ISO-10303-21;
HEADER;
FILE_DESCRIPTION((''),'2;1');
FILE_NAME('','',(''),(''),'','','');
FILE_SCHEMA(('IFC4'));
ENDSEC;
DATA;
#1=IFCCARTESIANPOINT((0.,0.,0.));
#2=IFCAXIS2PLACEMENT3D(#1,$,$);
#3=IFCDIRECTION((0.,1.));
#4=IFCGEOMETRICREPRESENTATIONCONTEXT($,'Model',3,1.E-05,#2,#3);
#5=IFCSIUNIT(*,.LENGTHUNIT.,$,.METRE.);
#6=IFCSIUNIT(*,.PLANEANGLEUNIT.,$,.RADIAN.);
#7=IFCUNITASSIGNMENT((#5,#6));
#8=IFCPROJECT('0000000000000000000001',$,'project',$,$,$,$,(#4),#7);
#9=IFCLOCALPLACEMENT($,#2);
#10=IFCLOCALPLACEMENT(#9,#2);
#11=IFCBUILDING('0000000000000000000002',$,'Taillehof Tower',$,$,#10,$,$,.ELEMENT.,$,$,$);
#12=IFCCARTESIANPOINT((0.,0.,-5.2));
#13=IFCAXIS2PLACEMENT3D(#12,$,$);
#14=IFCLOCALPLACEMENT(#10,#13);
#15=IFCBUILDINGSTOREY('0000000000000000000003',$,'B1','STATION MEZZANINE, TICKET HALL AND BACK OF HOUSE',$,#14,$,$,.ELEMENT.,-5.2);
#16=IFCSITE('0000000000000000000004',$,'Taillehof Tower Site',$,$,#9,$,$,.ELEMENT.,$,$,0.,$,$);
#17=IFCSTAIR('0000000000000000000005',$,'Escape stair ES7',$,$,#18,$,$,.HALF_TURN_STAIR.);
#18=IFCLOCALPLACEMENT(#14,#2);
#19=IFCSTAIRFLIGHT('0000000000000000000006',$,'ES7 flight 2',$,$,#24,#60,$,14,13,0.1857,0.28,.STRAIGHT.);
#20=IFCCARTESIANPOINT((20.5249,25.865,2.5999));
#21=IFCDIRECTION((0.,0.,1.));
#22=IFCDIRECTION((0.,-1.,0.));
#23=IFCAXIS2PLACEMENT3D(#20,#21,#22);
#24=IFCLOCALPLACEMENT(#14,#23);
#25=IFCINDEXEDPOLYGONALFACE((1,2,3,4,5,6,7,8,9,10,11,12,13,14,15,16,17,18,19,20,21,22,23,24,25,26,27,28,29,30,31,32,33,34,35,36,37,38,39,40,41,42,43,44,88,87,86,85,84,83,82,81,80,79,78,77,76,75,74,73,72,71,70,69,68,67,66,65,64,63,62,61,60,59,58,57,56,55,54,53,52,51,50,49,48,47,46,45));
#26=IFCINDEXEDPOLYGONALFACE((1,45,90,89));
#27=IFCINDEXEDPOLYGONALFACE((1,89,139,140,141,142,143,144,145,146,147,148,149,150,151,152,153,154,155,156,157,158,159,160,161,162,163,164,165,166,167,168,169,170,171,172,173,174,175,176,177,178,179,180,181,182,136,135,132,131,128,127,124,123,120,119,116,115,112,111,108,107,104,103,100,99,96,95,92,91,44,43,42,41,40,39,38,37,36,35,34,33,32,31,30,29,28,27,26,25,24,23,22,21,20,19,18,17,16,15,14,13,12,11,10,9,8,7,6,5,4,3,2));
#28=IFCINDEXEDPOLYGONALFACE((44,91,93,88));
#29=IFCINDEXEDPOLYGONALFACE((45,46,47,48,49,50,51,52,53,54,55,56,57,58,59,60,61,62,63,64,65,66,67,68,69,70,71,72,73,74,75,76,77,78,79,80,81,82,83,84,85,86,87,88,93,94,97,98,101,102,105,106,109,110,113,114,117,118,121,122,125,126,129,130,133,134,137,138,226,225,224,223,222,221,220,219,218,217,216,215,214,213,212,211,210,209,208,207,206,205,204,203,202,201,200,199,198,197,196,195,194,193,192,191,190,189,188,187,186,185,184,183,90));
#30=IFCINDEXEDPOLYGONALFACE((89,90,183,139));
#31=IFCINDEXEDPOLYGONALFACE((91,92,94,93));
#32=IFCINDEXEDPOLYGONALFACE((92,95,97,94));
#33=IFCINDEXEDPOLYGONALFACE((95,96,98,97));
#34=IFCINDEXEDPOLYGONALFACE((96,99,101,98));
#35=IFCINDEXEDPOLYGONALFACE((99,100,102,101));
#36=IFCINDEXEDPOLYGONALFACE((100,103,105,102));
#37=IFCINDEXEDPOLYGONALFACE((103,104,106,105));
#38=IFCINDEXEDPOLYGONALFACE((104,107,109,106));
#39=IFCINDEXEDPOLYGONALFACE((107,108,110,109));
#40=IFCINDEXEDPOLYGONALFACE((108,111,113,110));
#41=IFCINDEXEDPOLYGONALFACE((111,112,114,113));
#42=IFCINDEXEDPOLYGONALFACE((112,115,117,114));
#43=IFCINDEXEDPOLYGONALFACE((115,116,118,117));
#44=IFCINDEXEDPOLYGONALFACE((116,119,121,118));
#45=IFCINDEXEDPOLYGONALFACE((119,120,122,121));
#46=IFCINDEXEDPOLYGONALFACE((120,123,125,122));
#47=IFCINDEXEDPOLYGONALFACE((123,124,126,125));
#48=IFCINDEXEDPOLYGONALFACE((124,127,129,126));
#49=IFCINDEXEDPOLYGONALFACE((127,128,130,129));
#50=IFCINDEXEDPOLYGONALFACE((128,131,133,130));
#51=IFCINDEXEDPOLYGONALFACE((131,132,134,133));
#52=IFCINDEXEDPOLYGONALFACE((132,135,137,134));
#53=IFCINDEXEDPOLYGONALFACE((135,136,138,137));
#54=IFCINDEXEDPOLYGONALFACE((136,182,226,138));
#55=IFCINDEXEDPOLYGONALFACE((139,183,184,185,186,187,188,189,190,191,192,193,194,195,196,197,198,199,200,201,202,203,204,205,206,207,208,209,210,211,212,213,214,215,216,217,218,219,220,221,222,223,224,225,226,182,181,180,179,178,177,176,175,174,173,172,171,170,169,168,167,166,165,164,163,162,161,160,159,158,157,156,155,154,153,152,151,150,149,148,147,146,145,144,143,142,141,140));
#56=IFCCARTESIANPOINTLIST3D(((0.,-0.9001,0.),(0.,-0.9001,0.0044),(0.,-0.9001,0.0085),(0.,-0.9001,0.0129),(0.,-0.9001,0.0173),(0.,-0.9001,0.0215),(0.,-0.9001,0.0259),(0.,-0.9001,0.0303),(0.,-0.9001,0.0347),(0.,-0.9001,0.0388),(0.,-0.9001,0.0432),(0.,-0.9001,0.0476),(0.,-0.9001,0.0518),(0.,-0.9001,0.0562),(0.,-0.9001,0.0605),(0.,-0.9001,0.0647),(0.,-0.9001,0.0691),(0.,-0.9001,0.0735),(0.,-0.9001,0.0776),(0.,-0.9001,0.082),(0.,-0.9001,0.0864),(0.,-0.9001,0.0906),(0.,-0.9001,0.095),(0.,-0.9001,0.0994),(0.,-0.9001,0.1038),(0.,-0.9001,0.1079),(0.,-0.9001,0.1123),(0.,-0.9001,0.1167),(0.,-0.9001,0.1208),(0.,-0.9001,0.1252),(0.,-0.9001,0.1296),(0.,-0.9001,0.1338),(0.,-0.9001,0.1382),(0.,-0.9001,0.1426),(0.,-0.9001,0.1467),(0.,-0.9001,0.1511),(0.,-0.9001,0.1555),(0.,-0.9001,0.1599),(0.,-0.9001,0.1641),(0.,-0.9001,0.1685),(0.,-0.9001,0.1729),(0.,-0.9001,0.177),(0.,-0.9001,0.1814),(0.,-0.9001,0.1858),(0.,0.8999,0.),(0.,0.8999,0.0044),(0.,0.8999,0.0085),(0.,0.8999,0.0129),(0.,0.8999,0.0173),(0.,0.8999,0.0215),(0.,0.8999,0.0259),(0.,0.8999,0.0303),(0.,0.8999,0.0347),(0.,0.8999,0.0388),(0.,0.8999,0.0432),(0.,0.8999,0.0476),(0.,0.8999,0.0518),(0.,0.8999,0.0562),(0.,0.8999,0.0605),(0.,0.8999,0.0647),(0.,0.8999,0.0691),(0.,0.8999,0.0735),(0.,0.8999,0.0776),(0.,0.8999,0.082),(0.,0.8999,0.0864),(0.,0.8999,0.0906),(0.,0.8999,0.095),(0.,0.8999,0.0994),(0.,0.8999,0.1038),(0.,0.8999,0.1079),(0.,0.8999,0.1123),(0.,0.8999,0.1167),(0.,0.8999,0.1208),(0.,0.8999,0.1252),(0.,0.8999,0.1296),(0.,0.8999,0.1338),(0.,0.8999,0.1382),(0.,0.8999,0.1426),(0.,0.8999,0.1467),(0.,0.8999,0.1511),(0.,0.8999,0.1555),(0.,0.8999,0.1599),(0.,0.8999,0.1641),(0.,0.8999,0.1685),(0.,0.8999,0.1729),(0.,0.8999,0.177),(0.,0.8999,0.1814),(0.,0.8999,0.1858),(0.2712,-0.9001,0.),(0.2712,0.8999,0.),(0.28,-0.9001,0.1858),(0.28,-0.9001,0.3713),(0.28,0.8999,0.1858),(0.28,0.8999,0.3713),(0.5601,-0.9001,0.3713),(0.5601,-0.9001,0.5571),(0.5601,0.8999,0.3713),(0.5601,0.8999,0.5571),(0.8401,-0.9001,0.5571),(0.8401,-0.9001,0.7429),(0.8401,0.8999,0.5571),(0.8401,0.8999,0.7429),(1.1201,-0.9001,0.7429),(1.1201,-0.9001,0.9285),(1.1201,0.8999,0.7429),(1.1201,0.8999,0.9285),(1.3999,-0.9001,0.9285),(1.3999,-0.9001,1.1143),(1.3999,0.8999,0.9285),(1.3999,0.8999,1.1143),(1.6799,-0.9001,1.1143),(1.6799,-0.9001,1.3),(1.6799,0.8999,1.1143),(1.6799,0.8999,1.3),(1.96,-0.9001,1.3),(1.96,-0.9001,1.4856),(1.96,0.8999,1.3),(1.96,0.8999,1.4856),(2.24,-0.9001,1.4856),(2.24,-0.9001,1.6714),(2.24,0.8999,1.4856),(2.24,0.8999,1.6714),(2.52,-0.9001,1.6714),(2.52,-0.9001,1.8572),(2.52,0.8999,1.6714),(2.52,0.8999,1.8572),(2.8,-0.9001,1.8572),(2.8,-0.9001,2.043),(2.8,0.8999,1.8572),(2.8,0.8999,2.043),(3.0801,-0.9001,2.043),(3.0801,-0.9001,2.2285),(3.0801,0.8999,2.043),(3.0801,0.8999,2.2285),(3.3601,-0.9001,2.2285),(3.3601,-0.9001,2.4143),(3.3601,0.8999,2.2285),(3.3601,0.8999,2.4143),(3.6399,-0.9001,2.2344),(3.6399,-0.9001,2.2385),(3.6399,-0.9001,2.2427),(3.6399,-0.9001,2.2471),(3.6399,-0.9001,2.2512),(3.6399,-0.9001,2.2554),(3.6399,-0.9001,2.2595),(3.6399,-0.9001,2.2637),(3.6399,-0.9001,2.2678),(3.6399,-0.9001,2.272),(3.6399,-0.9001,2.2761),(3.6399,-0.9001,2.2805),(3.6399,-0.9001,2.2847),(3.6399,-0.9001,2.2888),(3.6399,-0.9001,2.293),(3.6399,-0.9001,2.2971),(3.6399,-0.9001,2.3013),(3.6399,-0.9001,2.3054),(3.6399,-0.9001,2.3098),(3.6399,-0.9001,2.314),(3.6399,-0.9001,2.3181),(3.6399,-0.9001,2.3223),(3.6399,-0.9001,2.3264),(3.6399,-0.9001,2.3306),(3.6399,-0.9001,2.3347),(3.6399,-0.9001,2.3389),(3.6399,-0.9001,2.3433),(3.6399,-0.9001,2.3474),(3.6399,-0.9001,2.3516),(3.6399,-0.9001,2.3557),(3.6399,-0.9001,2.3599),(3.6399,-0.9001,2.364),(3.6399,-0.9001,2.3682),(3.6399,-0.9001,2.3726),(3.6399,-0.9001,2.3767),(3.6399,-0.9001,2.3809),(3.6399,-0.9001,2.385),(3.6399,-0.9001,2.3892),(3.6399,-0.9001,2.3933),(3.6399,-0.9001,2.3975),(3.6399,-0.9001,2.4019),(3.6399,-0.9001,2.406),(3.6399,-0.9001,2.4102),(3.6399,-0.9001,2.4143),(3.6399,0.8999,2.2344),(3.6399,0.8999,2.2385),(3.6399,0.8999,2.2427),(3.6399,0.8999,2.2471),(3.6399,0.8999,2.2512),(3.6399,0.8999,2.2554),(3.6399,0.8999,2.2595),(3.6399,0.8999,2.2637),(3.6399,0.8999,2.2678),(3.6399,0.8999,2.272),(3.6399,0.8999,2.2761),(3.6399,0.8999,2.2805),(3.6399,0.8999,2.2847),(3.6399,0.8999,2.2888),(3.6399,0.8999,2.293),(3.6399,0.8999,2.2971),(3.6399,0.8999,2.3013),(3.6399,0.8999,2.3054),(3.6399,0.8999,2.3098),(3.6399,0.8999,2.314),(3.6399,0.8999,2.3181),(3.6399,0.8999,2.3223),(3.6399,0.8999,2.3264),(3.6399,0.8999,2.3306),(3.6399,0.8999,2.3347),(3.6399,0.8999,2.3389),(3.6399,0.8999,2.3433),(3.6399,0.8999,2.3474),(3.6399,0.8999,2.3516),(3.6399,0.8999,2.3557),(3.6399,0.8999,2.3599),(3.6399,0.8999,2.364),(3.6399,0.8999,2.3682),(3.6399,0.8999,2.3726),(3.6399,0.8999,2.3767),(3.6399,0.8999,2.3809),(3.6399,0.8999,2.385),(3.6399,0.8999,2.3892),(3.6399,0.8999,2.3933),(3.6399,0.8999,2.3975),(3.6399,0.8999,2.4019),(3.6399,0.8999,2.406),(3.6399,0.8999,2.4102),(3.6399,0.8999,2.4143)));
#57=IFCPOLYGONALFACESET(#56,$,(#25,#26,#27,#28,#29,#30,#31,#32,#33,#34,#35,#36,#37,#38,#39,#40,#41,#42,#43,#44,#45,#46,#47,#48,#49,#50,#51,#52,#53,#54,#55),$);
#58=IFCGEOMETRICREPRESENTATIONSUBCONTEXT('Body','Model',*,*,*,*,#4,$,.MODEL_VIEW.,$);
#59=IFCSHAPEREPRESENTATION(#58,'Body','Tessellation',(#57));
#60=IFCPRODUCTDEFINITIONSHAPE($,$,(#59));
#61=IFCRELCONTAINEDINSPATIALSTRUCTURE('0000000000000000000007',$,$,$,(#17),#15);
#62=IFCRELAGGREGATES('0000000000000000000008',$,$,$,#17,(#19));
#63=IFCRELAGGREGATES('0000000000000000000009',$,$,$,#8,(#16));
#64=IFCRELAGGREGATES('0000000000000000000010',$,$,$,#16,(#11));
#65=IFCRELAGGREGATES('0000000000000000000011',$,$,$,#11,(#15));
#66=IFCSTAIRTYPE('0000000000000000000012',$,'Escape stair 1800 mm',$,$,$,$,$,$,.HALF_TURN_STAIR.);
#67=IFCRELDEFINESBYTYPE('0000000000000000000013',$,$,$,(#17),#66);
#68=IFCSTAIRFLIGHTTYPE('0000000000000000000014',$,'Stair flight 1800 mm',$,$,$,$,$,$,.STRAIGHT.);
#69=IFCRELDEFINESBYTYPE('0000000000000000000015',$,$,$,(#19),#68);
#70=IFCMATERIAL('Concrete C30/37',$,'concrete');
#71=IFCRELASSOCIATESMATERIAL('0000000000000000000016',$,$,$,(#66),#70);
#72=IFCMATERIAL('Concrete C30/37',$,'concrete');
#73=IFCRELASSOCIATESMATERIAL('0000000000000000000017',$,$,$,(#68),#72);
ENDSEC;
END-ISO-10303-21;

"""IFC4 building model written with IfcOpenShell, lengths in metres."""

from ifc_helpers import new_model, si_unit, direction, frame, origin, place, context, subcontext, project, spatial, polyline, outline, extrude, material, type_object, element, aggregate, save


model = new_model("IFC4")

# Units and contexts
model_context = context("Model", 3, precision=1e-05, world=origin(), true_north=direction((0.0, 1.0)))
body_context = subcontext(model_context, "Body", "Model", "MODEL_VIEW")
ifc_project = project(units=[si_unit("LENGTHUNIT", "METRE"), si_unit("PLANEANGLEUNIT", "RADIAN")], contexts=[model_context])

# Site, building, storey
site_placement = place(None, origin())
site = spatial("IfcSite", under=ifc_project, at=site_placement, Name="Taillehof Tower Site", CompositionType="ELEMENT", RefElevation=0.0)
building_placement = place(site_placement, origin())
building = spatial("IfcBuilding", under=site, at=building_placement, Name="Taillehof Tower", CompositionType="ELEMENT")
storey_placement = place(building_placement, frame((0.0, 0.0, -5.2)))
storey = spatial("IfcBuildingStorey", under=building, at=storey_placement, Name="B1", Description="STATION MEZZANINE, TICKET HALL AND BACK OF HOUSE", CompositionType="ELEMENT", Elevation=-5.2)

# Stair, stair flight
ifc_material_1 = material(Name="Concrete C30/37", Category="concrete")
stair_type = type_object("IfcStairType", Name="Escape stair 1800 mm", PredefinedType="HALF_TURN_STAIR", material=ifc_material_1)
stair_placement = place(storey_placement, origin())
stair = element("IfcStair", 1, at=stair_placement, inside=storey, type_object=stair_type, Name="Escape stair ES7", PredefinedType="HALF_TURN_STAIR")
ifc_material_2 = material(Name="Concrete C30/37", Category="concrete")
stair_flight_type = type_object("IfcStairFlightType", Name="Stair flight 1800 mm", PredefinedType="STRAIGHT", material=ifc_material_2)
stair_flight_1_placement = place(storey_placement, frame((20.5249, 25.865, 2.5999), z_axis=(0.0, 0.0, 1.0), x_axis=(0.0, -1.0, 0.0)))
stair_flight_1 = element("IfcStairFlight", 2, at=stair_flight_1_placement, type_object=stair_flight_type, Name="ES7 flight 2", NumberOfRisers=14, NumberOfTreads=13, PredefinedType="STRAIGHT", RiserHeight=0.1857, TreadLength=0.28, context=body_context, shape_type="SweptSolid", body=[
    extrude(outline(polyline([(0.0, 0.0), (0.0, 0.0044), (0.0, 0.0085), (0.0, 0.0129), (0.0, 0.0173), (0.0, 0.0215), (0.0, 0.0259), (0.0, 0.0303), (0.0, 0.0347), (0.0, 0.0388), (0.0, 0.0432), (0.0, 0.0476), (0.0, 0.0518), (0.0, 0.0562), (0.0, 0.0605), (0.0, 0.0647), (0.0, 0.0691), (0.0, 0.0735), (0.0, 0.0776), (0.0, 0.082), (0.0, 0.0864), (0.0, 0.0906), (0.0, 0.095), (0.0, 0.0994), (0.0, 0.1038), (0.0, 0.1079), (0.0, 0.1123), (0.0, 0.1167), (0.0, 0.1208), (0.0, 0.1252), (0.0, 0.1296), (0.0, 0.1338), (0.0, 0.1382), (0.0, 0.1426), (0.0, 0.1467), (0.0, 0.1511), (0.0, 0.1555), (0.0, 0.1599), (0.0, 0.1641), (0.0, 0.1685), (0.0, 0.1729), (0.0, 0.177), (0.0, 0.1814), (0.0, 0.1858), (0.28, 0.1858), (0.28, 0.3713), (0.5601, 0.3713), (0.5601, 0.5571), (0.8401, 0.5571), (0.8401, 0.7429), (1.1201, 0.7429), (1.1201, 0.9285), (1.3999, 0.9285), (1.3999, 1.1143), (1.6799, 1.1143), (1.6799, 1.3), (1.96, 1.3), (1.96, 1.4856), (2.24, 1.4856), (2.24, 1.6714), (2.52, 1.6714), (2.52, 1.8572), (2.8, 1.8572), (2.8, 2.043), (3.0801, 2.043), (3.0801, 2.2285), (3.3601, 2.2285), (3.3601, 2.4143), (3.6399, 2.4143), (3.6399, 2.4102), (3.6399, 2.406), (3.6399, 2.4019), (3.6399, 2.3975), (3.6399, 2.3933), (3.6399, 2.3892), (3.6399, 2.385), (3.6399, 2.3809), (3.6399, 2.3767), (3.6399, 2.3726), (3.6399, 2.3682), (3.6399, 2.364), (3.6399, 2.3599), (3.6399, 2.3557), (3.6399, 2.3516), (3.6399, 2.3474), (3.6399, 2.3433), (3.6399, 2.3389), (3.6399, 2.3347), (3.6399, 2.3306), (3.6399, 2.3264), (3.6399, 2.3223), (3.6399, 2.3181), (3.6399, 2.314), (3.6399, 2.3098), (3.6399, 2.3054), (3.6399, 2.3013), (3.6399, 2.2971), (3.6399, 2.293), (3.6399, 2.2888), (3.6399, 2.2847), (3.6399, 2.2805), (3.6399, 2.2761), (3.6399, 2.272), (3.6399, 2.2678), (3.6399, 2.2637), (3.6399, 2.2595), (3.6399, 2.2554), (3.6399, 2.2512), (3.6399, 2.2471), (3.6399, 2.2427), (3.6399, 2.2385), (3.6399, 2.2344), (0.2712, 0.0), (0.0, 0.0)])), frame((0.0, 0.8999, 0.0), z_axis=(0.0, -1.0, 0.0), x_axis=(1.0, 0.0, 0.0)), (0.0, 0.0, 1.0), 1.8),
])
aggregate(stair, [stair_flight_1])

save(model, "model.ifc")
